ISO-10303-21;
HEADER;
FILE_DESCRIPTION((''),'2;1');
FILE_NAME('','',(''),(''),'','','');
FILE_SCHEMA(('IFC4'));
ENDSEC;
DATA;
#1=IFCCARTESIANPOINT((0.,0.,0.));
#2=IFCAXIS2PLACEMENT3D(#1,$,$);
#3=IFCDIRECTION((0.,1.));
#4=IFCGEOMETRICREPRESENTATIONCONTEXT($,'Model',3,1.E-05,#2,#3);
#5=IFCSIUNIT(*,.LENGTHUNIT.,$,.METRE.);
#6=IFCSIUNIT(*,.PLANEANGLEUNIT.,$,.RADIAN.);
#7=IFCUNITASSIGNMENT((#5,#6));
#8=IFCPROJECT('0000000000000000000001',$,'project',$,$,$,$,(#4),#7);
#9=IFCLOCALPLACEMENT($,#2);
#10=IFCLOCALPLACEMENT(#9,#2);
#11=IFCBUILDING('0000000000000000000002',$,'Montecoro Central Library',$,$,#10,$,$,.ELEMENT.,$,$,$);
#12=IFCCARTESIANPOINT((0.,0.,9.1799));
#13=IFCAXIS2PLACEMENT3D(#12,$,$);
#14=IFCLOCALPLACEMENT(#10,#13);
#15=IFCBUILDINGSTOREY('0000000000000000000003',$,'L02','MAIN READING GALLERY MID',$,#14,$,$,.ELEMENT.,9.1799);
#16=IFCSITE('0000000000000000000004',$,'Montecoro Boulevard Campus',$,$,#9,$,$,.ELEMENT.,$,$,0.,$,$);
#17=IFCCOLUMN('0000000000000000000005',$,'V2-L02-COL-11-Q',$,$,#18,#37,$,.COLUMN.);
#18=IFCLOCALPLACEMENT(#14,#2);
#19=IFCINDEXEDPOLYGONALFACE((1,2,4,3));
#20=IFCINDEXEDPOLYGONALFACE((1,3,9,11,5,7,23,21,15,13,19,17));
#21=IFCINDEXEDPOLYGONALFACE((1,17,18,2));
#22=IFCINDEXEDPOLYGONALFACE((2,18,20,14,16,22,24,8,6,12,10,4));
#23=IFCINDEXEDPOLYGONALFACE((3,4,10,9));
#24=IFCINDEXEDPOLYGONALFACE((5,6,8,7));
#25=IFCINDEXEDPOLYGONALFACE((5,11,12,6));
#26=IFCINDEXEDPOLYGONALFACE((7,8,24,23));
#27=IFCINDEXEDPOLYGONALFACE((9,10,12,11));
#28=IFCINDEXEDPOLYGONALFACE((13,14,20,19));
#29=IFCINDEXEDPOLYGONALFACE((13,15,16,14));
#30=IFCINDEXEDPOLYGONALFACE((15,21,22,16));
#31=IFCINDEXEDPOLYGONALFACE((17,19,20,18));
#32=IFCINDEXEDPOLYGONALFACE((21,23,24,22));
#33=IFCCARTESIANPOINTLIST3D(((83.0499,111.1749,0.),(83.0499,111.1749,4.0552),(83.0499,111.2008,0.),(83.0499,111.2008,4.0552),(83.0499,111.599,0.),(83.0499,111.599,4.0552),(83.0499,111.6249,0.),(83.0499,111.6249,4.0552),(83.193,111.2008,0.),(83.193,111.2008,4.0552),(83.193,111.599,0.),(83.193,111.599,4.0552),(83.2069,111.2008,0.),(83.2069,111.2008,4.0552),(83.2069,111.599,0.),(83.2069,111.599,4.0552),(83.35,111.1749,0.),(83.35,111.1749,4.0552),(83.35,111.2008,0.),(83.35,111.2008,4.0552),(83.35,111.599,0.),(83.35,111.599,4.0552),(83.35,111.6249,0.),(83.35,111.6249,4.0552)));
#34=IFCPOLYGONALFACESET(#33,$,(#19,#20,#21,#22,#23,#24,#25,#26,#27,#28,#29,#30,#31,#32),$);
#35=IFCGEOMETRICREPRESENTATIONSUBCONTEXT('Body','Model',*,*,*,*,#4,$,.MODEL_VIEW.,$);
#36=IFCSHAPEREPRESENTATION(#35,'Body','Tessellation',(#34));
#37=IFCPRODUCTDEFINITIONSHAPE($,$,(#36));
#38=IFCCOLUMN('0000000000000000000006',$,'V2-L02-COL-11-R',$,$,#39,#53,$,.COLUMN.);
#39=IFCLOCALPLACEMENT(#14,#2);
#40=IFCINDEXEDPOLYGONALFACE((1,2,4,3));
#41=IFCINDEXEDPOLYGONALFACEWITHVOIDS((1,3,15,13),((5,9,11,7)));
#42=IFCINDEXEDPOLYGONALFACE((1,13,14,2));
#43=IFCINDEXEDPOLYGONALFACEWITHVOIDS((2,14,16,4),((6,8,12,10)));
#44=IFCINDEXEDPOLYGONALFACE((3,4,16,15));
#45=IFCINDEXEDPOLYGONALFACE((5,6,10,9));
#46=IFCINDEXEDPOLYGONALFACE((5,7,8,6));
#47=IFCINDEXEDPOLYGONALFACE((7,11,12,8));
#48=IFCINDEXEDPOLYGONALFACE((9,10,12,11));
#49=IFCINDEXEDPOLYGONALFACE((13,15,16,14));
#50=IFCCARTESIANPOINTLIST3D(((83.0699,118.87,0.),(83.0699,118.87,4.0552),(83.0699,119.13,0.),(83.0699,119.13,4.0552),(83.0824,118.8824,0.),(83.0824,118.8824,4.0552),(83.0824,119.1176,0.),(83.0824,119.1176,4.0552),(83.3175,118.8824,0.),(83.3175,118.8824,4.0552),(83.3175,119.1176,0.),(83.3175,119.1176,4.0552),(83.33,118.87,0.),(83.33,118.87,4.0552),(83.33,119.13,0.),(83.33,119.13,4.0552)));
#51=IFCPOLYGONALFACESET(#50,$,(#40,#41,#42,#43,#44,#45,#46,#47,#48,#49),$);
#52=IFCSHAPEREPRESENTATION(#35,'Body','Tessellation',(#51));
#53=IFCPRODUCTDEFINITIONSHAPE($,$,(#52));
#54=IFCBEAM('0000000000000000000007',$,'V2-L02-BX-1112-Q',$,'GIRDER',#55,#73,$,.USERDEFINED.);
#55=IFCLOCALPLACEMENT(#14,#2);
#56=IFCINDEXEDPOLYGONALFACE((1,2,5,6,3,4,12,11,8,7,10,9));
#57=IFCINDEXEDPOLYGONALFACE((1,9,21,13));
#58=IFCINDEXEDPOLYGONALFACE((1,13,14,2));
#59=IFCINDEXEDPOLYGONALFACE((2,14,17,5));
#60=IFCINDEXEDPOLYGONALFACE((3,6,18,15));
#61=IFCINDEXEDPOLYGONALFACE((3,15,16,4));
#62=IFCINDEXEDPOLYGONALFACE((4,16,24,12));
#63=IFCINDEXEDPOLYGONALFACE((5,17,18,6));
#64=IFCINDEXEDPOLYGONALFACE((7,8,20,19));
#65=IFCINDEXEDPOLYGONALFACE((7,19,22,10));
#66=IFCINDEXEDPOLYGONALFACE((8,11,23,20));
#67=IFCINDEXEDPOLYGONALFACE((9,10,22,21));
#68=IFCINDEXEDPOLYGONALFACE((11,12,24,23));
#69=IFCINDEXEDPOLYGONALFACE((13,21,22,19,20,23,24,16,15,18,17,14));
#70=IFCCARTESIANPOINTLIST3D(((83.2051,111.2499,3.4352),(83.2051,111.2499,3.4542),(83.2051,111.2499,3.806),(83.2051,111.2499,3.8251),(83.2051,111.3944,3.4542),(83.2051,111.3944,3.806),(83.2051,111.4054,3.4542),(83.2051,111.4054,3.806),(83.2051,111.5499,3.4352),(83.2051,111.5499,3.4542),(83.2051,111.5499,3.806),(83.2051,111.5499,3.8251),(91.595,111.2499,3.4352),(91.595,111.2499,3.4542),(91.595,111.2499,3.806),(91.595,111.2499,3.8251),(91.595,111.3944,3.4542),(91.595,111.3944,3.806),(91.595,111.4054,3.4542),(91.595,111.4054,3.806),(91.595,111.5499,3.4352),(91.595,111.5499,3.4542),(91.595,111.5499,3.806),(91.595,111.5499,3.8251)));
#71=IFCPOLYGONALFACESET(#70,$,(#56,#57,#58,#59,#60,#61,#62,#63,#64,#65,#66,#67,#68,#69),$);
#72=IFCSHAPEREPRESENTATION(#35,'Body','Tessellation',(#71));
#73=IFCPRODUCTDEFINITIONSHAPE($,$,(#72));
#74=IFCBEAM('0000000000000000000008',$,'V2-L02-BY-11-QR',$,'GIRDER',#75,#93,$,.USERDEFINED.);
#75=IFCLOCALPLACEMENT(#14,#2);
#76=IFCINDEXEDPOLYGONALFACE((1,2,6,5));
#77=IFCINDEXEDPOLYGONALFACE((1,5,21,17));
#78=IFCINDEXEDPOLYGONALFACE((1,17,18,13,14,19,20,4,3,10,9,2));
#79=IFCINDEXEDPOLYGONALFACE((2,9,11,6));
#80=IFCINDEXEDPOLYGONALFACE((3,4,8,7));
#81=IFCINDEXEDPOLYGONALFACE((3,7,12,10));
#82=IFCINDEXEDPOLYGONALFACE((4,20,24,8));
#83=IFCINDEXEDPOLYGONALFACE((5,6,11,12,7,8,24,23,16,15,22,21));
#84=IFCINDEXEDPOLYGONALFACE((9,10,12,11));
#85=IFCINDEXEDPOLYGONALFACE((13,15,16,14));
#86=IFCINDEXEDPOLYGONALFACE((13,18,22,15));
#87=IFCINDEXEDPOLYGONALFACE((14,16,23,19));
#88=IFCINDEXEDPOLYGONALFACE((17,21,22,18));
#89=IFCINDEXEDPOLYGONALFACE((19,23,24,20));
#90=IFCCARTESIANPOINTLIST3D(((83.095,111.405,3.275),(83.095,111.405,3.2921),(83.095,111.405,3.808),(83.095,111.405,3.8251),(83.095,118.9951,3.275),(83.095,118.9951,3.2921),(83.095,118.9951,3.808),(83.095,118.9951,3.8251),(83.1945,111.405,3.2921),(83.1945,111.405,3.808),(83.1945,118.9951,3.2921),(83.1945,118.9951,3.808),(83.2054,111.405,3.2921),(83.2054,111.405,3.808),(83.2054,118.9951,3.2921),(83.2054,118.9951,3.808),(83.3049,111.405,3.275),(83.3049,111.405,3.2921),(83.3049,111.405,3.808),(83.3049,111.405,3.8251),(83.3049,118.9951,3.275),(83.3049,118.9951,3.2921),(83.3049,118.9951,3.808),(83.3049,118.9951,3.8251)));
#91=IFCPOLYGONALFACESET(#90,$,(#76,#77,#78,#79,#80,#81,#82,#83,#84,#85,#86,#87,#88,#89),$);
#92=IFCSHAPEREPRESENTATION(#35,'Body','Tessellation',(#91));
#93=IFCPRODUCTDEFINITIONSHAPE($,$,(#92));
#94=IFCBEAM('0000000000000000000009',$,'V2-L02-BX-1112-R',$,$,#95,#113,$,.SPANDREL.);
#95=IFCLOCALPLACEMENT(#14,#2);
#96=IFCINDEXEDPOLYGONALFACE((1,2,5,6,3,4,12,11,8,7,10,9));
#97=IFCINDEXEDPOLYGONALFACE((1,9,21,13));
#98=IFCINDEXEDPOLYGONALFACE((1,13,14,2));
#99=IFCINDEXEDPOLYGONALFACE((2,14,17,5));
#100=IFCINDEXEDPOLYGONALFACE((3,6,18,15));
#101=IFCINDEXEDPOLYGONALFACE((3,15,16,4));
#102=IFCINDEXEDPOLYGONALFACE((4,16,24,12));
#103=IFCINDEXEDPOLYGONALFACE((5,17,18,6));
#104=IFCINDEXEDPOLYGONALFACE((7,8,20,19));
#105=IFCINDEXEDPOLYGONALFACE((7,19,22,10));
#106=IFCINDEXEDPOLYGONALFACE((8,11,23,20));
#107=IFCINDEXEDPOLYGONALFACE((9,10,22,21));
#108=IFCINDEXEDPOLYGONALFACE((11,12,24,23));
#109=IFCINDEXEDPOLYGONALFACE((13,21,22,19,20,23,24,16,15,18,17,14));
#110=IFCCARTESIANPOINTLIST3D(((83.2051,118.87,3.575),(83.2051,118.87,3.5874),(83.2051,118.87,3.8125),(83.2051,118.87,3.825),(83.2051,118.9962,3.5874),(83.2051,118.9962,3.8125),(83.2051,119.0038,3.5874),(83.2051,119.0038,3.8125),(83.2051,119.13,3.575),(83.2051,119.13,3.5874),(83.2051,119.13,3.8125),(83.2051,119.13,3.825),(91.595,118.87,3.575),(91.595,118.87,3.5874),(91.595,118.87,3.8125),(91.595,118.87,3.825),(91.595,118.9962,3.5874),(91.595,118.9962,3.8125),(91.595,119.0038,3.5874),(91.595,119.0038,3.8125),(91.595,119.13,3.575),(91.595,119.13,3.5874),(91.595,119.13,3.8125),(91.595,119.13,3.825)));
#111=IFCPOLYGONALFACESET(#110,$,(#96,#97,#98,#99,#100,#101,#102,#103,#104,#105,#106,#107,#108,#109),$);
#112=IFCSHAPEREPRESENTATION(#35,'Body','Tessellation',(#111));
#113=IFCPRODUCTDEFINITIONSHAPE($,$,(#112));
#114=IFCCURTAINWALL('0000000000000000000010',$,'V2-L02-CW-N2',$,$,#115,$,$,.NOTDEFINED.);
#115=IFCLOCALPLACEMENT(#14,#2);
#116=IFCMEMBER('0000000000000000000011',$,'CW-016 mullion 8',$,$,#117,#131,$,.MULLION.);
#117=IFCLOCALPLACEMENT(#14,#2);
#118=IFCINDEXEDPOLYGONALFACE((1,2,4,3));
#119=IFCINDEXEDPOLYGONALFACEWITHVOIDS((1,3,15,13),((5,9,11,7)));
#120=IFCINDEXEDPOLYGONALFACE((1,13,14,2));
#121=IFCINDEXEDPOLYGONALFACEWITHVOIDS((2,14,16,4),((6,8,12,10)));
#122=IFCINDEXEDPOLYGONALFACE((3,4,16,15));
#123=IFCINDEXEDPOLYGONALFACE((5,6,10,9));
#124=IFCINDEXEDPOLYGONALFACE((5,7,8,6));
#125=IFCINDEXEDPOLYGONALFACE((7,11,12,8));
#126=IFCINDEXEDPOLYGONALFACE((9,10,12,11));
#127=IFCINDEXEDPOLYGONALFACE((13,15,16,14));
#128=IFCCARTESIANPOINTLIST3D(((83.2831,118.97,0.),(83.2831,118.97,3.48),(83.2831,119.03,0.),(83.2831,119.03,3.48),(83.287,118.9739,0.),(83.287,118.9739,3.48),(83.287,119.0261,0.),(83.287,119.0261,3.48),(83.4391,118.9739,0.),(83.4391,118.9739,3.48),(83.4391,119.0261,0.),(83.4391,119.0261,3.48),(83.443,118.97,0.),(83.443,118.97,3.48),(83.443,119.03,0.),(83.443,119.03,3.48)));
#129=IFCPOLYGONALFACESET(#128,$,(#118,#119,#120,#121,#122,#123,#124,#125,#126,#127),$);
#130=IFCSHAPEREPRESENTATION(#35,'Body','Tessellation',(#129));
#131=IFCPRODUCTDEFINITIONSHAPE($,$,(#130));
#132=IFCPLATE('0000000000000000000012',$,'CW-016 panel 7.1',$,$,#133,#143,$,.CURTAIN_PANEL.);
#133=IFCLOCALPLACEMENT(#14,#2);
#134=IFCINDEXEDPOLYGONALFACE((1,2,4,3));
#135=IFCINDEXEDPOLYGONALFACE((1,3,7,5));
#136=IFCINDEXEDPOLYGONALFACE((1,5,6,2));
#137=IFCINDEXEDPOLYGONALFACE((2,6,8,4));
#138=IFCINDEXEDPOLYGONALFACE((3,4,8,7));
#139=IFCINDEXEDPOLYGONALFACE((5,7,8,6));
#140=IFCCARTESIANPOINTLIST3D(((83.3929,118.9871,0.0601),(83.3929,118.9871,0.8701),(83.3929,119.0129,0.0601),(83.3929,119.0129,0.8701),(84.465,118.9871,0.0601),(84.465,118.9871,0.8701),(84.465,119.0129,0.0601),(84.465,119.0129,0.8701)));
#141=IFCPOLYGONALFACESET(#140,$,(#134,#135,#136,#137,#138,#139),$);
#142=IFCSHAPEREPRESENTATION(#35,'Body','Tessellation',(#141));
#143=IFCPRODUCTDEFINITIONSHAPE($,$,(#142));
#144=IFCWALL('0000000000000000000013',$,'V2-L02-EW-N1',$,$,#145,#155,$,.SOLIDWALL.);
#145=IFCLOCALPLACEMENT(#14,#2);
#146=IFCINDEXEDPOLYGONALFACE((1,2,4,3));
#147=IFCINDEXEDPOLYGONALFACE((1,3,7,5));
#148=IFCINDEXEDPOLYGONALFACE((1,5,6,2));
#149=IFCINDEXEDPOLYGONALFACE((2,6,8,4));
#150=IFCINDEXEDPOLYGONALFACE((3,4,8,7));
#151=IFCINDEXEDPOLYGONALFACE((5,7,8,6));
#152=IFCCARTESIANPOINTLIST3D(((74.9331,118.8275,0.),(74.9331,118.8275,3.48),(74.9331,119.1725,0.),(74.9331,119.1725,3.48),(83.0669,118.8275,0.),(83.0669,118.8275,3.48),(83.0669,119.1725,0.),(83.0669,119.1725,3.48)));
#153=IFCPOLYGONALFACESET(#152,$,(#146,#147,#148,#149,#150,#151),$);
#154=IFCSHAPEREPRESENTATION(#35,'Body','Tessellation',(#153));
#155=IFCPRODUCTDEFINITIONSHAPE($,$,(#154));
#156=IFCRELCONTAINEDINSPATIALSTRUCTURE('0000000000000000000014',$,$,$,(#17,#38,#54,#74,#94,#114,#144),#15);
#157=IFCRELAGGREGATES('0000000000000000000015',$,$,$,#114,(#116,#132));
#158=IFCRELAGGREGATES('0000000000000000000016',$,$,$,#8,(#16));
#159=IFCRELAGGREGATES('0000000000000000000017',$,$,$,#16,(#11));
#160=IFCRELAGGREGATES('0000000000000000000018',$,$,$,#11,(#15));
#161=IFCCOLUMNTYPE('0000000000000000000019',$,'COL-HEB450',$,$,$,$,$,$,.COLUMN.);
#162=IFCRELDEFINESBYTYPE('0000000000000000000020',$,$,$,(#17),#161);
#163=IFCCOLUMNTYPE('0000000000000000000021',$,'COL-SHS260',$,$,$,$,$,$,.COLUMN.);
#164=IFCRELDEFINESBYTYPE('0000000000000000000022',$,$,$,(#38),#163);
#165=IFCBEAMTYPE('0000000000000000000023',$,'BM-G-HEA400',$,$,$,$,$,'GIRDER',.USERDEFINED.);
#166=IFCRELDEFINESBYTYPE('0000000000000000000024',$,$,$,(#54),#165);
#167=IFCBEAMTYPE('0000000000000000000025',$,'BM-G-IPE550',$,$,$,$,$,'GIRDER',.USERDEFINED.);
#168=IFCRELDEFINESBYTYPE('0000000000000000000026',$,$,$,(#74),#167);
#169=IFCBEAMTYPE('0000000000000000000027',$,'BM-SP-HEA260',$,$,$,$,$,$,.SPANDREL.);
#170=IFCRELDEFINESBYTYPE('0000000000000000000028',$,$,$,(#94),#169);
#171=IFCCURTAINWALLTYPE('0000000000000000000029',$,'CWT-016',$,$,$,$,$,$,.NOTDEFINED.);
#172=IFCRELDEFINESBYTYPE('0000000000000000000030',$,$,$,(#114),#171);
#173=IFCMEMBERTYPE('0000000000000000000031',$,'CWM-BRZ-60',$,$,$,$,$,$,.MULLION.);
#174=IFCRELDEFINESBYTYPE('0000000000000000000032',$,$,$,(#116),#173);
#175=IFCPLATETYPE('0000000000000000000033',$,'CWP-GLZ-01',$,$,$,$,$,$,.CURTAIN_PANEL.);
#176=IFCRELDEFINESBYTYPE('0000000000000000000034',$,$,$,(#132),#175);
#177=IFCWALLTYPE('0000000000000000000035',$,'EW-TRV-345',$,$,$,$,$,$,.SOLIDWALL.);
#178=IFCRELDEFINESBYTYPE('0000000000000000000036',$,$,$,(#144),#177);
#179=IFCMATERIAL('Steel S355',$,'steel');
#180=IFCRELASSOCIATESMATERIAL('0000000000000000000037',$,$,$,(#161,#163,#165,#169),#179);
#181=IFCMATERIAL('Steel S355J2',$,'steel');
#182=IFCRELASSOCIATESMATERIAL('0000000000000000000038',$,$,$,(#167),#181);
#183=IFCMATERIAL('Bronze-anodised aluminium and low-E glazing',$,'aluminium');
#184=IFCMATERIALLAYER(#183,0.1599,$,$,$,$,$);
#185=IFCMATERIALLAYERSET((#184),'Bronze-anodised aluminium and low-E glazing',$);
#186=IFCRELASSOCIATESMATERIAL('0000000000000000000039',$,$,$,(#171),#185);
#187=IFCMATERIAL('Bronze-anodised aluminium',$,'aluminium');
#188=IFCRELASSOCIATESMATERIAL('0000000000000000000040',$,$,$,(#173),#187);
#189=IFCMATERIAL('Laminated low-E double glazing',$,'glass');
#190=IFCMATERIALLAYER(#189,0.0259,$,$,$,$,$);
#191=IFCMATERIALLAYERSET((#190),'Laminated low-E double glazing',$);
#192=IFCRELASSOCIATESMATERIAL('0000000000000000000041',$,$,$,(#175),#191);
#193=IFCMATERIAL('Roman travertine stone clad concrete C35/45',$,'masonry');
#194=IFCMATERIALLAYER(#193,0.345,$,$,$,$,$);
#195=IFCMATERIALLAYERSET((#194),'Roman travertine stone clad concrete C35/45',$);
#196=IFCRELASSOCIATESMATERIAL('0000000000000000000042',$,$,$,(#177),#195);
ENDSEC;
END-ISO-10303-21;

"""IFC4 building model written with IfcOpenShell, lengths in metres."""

from ifc_helpers import new_model, si_unit, direction, frame, frame_2d, origin, origin_2d, place, context, subcontext, project, spatial, rectangle, hollow_rectangle, i_section, extrude, material, layer, layer_set, material_profile, profile_set, type_object, element, aggregate, save


model = new_model("IFC4")

# Units and contexts
model_context = context("Model", 3, precision=1e-05, world=origin(), true_north=direction((0.0, 1.0)))
body_context = subcontext(model_context, "Body", "Model", "MODEL_VIEW")
ifc_project = project(units=[si_unit("LENGTHUNIT", "METRE"), si_unit("PLANEANGLEUNIT", "RADIAN")], contexts=[model_context])

# Site, building, storey
site_placement = place(None, origin())
site = spatial("IfcSite", under=ifc_project, at=site_placement, Name="Montecoro Boulevard Campus", CompositionType="ELEMENT", RefElevation=0.0)
building_placement = place(site_placement, origin())
building = spatial("IfcBuilding", under=site, at=building_placement, Name="Montecoro Central Library", CompositionType="ELEMENT")
storey_placement = place(building_placement, frame((0.0, 0.0, 9.1799)))
storey = spatial("IfcBuildingStorey", under=building, at=storey_placement, Name="L02", Description="MAIN READING GALLERY MID", CompositionType="ELEMENT", Elevation=9.1799)

# Columns
ifc_material_1 = material(Name="Steel S355", Category="steel")
ifc_material_profile_1 = material_profile(ifc_material_1, i_section(OverallWidth=0.3, OverallDepth=0.45, WebThickness=0.0139, FlangeThickness=0.0259, at=origin_2d()), Name="HEB 450")
ifc_profile_set_1 = profile_set([ifc_material_profile_1], Name="Steel S355")
column_type_1 = type_object("IfcColumnType", Name="COL-HEB450", PredefinedType="COLUMN", material=ifc_profile_set_1)
column_1_placement = place(storey_placement, frame((83.2, 111.3999, 0.0), z_axis=(0.0, 0.0, 1.0), x_axis=(1.0, 0.0, 0.0)))
element("IfcColumn", 1, at=column_1_placement, inside=storey, type_object=column_type_1, Name="V2-L02-COL-11-Q", PredefinedType="COLUMN", context=body_context, shape_type="SweptSolid", body=[
    extrude(i_section(OverallWidth=0.3, OverallDepth=0.45, WebThickness=0.0139, FlangeThickness=0.0259, at=origin_2d()), origin(), (0.0, 0.0, 1.0), 4.0552),
])
ifc_material_profile_2 = material_profile(ifc_material_1, hollow_rectangle(XDim=0.26, YDim=0.26, WallThickness=0.0125, at=origin_2d()), Name="SHS 260x260x12.5")
ifc_profile_set_2 = profile_set([ifc_material_profile_2], Name="Steel S355")
column_type_2 = type_object("IfcColumnType", Name="COL-SHS260", PredefinedType="COLUMN", material=ifc_profile_set_2)
column_2_placement = place(storey_placement, frame((83.2, 119.0, 0.0), z_axis=(0.0, 0.0, 1.0), x_axis=(1.0, 0.0, 0.0)))
element("IfcColumn", 2, at=column_2_placement, inside=storey, type_object=column_type_2, Name="V2-L02-COL-11-R", PredefinedType="COLUMN", context=body_context, shape_type="SweptSolid", body=[
    extrude(hollow_rectangle(XDim=0.26, YDim=0.26, WallThickness=0.0125, at=origin_2d()), origin(), (0.0, 0.0, 1.0), 4.0552),
])

# Beams
ifc_material_profile_3 = material_profile(ifc_material_1, i_section(OverallWidth=0.3, OverallDepth=0.3899, WebThickness=0.011, FlangeThickness=0.019, at=origin_2d()), Name="HEA 400")
ifc_profile_set_3 = profile_set([ifc_material_profile_3], Name="Steel S355")
beam_type_1 = type_object("IfcBeamType", Name="BM-G-HEA400", ElementType="GIRDER", PredefinedType="USERDEFINED", material=ifc_profile_set_3)
beam_1_placement = place(storey_placement, frame((83.2051, 111.3999, 3.6301), z_axis=(1.0, 0.0, 0.0), x_axis=(0.0, 1.0, 0.0)))
element("IfcBeam", 3, at=beam_1_placement, inside=storey, type_object=beam_type_1, Name="V2-L02-BX-1112-Q", ObjectType="GIRDER", PredefinedType="USERDEFINED", context=body_context, shape_type="SweptSolid", body=[
    extrude(i_section(OverallWidth=0.3, OverallDepth=0.3899, WebThickness=0.011, FlangeThickness=0.019, at=origin_2d()), origin(), (0.0, 0.0, 1.0), 8.3899),
])
ifc_material_2 = material(Name="Steel S355J2", Category="steel")
ifc_material_profile_4 = material_profile(ifc_material_2, i_section(OverallWidth=0.21, OverallDepth=0.55, WebThickness=0.011, FlangeThickness=0.0171, at=origin_2d()), Name="IPE 550")
ifc_profile_set_4 = profile_set([ifc_material_profile_4], Name="Steel S355J2")
beam_type_2 = type_object("IfcBeamType", Name="BM-G-IPE550", ElementType="GIRDER", PredefinedType="USERDEFINED", material=ifc_profile_set_4)
beam_2_placement = place(storey_placement, frame((83.2, 111.405, 3.55), z_axis=(0.0, 1.0, 0.0), x_axis=(-1.0, 0.0, 0.0)))
element("IfcBeam", 4, at=beam_2_placement, inside=storey, type_object=beam_type_2, Name="V2-L02-BY-11-QR", ObjectType="GIRDER", PredefinedType="USERDEFINED", context=body_context, shape_type="SweptSolid", body=[
    extrude(i_section(OverallWidth=0.21, OverallDepth=0.55, WebThickness=0.011, FlangeThickness=0.0171, at=origin_2d()), origin(), (0.0, 0.0, 1.0), 7.5901),
])
ifc_material_profile_5 = material_profile(ifc_material_1, i_section(OverallWidth=0.26, OverallDepth=0.25, WebThickness=0.0076, FlangeThickness=0.0125, at=origin_2d()), Name="HEA 260")
ifc_profile_set_5 = profile_set([ifc_material_profile_5], Name="Steel S355")
beam_type_3 = type_object("IfcBeamType", Name="BM-SP-HEA260", PredefinedType="SPANDREL", material=ifc_profile_set_5)
beam_3_placement = place(storey_placement, frame((83.2051, 119.0, 3.7), z_axis=(1.0, 0.0, 0.0), x_axis=(0.0, 1.0, 0.0)))
element("IfcBeam", 5, at=beam_3_placement, inside=storey, type_object=beam_type_3, Name="V2-L02-BX-1112-R", PredefinedType="SPANDREL", context=body_context, shape_type="SweptSolid", body=[
    extrude(i_section(OverallWidth=0.26, OverallDepth=0.25, WebThickness=0.0076, FlangeThickness=0.0125, at=origin_2d()), origin(), (0.0, 0.0, 1.0), 8.3899),
])

# Curtain wall, member, plate
ifc_material_3 = material(Name="Bronze-anodised aluminium and low-E glazing", Category="aluminium")
ifc_layer_1 = layer(ifc_material_3, 0.1599)
ifc_layer_set_1 = layer_set([ifc_layer_1], Name="Bronze-anodised aluminium and low-E glazing")
curtain_wall_type = type_object("IfcCurtainWallType", Name="CWT-016", PredefinedType="NOTDEFINED", material=ifc_layer_set_1)
curtain_wall_placement = place(storey_placement, origin())
curtain_wall = element("IfcCurtainWall", 6, at=curtain_wall_placement, inside=storey, type_object=curtain_wall_type, Name="V2-L02-CW-N2", PredefinedType="NOTDEFINED")
ifc_material_4 = material(Name="Bronze-anodised aluminium", Category="aluminium")
ifc_material_profile_6 = material_profile(ifc_material_4, hollow_rectangle(XDim=0.0601, YDim=0.1599, WallThickness=0.0039, at=origin_2d()), Name="CWM 160x60x4.0")
ifc_profile_set_6 = profile_set([ifc_material_profile_6], Name="Bronze-anodised aluminium")
member_type = type_object("IfcMemberType", Name="CWM-BRZ-60", PredefinedType="MULLION", material=ifc_profile_set_6)
member_placement = place(storey_placement, frame((83.363, 119.0, 0.0), z_axis=(0.0, 0.0, 1.0), x_axis=(0.0, -1.0, 0.0)))
member = element("IfcMember", 7, at=member_placement, type_object=member_type, Name="CW-016 mullion 8", PredefinedType="MULLION", context=body_context, shape_type="SweptSolid", body=[
    extrude(hollow_rectangle(XDim=0.0601, YDim=0.1599, WallThickness=0.0039, at=origin_2d()), origin(), (0.0, 0.0, 1.0), 3.48),
])
ifc_material_5 = material(Name="Laminated low-E double glazing", Category="glass")
ifc_layer_2 = layer(ifc_material_5, 0.0259)
ifc_layer_set_2 = layer_set([ifc_layer_2], Name="Laminated low-E double glazing")
plate_type = type_object("IfcPlateType", Name="CWP-GLZ-01", PredefinedType="CURTAIN_PANEL", material=ifc_layer_set_2)
plate_placement = place(storey_placement, frame((83.929, 119.0, 0.0601), z_axis=(0.0, 0.0, 1.0), x_axis=(-1.0, 0.0, 0.0)))
plate = element("IfcPlate", 8, at=plate_placement, type_object=plate_type, Name="CW-016 panel 7.1", PredefinedType="CURTAIN_PANEL", context=body_context, shape_type="SweptSolid", body=[
    extrude(rectangle(XDim=1.072, YDim=0.0259, at=origin_2d()), origin(), (0.0, 0.0, 1.0), 0.8101),
])
aggregate(curtain_wall, [member, plate])

# Wall
ifc_material_6 = material(Name="Roman travertine stone clad concrete C35/45", Category="masonry")
ifc_layer_3 = layer(ifc_material_6, 0.345)
ifc_layer_set_3 = layer_set([ifc_layer_3], Name="Roman travertine stone clad concrete C35/45")
wall_type_1 = type_object("IfcWallType", Name="EW-TRV-345", PredefinedType="SOLIDWALL", material=ifc_layer_set_3)
wall_1_placement = place(storey_placement, frame((83.0669, 119.0, 0.0), z_axis=(0.0, 0.0, 1.0), x_axis=(-1.0, 0.0, 0.0)))
element("IfcWall", 9, at=wall_1_placement, inside=storey, type_object=wall_type_1, Name="V2-L02-EW-N1", PredefinedType="SOLIDWALL", context=body_context, shape_type="SweptSolid", body=[
    extrude(rectangle(XDim=8.1338, YDim=0.345, at=frame_2d((4.0669, 0.0))), origin(), (0.0, 0.0, 1.0), 3.48),
])

save(model, "model.ifc")
